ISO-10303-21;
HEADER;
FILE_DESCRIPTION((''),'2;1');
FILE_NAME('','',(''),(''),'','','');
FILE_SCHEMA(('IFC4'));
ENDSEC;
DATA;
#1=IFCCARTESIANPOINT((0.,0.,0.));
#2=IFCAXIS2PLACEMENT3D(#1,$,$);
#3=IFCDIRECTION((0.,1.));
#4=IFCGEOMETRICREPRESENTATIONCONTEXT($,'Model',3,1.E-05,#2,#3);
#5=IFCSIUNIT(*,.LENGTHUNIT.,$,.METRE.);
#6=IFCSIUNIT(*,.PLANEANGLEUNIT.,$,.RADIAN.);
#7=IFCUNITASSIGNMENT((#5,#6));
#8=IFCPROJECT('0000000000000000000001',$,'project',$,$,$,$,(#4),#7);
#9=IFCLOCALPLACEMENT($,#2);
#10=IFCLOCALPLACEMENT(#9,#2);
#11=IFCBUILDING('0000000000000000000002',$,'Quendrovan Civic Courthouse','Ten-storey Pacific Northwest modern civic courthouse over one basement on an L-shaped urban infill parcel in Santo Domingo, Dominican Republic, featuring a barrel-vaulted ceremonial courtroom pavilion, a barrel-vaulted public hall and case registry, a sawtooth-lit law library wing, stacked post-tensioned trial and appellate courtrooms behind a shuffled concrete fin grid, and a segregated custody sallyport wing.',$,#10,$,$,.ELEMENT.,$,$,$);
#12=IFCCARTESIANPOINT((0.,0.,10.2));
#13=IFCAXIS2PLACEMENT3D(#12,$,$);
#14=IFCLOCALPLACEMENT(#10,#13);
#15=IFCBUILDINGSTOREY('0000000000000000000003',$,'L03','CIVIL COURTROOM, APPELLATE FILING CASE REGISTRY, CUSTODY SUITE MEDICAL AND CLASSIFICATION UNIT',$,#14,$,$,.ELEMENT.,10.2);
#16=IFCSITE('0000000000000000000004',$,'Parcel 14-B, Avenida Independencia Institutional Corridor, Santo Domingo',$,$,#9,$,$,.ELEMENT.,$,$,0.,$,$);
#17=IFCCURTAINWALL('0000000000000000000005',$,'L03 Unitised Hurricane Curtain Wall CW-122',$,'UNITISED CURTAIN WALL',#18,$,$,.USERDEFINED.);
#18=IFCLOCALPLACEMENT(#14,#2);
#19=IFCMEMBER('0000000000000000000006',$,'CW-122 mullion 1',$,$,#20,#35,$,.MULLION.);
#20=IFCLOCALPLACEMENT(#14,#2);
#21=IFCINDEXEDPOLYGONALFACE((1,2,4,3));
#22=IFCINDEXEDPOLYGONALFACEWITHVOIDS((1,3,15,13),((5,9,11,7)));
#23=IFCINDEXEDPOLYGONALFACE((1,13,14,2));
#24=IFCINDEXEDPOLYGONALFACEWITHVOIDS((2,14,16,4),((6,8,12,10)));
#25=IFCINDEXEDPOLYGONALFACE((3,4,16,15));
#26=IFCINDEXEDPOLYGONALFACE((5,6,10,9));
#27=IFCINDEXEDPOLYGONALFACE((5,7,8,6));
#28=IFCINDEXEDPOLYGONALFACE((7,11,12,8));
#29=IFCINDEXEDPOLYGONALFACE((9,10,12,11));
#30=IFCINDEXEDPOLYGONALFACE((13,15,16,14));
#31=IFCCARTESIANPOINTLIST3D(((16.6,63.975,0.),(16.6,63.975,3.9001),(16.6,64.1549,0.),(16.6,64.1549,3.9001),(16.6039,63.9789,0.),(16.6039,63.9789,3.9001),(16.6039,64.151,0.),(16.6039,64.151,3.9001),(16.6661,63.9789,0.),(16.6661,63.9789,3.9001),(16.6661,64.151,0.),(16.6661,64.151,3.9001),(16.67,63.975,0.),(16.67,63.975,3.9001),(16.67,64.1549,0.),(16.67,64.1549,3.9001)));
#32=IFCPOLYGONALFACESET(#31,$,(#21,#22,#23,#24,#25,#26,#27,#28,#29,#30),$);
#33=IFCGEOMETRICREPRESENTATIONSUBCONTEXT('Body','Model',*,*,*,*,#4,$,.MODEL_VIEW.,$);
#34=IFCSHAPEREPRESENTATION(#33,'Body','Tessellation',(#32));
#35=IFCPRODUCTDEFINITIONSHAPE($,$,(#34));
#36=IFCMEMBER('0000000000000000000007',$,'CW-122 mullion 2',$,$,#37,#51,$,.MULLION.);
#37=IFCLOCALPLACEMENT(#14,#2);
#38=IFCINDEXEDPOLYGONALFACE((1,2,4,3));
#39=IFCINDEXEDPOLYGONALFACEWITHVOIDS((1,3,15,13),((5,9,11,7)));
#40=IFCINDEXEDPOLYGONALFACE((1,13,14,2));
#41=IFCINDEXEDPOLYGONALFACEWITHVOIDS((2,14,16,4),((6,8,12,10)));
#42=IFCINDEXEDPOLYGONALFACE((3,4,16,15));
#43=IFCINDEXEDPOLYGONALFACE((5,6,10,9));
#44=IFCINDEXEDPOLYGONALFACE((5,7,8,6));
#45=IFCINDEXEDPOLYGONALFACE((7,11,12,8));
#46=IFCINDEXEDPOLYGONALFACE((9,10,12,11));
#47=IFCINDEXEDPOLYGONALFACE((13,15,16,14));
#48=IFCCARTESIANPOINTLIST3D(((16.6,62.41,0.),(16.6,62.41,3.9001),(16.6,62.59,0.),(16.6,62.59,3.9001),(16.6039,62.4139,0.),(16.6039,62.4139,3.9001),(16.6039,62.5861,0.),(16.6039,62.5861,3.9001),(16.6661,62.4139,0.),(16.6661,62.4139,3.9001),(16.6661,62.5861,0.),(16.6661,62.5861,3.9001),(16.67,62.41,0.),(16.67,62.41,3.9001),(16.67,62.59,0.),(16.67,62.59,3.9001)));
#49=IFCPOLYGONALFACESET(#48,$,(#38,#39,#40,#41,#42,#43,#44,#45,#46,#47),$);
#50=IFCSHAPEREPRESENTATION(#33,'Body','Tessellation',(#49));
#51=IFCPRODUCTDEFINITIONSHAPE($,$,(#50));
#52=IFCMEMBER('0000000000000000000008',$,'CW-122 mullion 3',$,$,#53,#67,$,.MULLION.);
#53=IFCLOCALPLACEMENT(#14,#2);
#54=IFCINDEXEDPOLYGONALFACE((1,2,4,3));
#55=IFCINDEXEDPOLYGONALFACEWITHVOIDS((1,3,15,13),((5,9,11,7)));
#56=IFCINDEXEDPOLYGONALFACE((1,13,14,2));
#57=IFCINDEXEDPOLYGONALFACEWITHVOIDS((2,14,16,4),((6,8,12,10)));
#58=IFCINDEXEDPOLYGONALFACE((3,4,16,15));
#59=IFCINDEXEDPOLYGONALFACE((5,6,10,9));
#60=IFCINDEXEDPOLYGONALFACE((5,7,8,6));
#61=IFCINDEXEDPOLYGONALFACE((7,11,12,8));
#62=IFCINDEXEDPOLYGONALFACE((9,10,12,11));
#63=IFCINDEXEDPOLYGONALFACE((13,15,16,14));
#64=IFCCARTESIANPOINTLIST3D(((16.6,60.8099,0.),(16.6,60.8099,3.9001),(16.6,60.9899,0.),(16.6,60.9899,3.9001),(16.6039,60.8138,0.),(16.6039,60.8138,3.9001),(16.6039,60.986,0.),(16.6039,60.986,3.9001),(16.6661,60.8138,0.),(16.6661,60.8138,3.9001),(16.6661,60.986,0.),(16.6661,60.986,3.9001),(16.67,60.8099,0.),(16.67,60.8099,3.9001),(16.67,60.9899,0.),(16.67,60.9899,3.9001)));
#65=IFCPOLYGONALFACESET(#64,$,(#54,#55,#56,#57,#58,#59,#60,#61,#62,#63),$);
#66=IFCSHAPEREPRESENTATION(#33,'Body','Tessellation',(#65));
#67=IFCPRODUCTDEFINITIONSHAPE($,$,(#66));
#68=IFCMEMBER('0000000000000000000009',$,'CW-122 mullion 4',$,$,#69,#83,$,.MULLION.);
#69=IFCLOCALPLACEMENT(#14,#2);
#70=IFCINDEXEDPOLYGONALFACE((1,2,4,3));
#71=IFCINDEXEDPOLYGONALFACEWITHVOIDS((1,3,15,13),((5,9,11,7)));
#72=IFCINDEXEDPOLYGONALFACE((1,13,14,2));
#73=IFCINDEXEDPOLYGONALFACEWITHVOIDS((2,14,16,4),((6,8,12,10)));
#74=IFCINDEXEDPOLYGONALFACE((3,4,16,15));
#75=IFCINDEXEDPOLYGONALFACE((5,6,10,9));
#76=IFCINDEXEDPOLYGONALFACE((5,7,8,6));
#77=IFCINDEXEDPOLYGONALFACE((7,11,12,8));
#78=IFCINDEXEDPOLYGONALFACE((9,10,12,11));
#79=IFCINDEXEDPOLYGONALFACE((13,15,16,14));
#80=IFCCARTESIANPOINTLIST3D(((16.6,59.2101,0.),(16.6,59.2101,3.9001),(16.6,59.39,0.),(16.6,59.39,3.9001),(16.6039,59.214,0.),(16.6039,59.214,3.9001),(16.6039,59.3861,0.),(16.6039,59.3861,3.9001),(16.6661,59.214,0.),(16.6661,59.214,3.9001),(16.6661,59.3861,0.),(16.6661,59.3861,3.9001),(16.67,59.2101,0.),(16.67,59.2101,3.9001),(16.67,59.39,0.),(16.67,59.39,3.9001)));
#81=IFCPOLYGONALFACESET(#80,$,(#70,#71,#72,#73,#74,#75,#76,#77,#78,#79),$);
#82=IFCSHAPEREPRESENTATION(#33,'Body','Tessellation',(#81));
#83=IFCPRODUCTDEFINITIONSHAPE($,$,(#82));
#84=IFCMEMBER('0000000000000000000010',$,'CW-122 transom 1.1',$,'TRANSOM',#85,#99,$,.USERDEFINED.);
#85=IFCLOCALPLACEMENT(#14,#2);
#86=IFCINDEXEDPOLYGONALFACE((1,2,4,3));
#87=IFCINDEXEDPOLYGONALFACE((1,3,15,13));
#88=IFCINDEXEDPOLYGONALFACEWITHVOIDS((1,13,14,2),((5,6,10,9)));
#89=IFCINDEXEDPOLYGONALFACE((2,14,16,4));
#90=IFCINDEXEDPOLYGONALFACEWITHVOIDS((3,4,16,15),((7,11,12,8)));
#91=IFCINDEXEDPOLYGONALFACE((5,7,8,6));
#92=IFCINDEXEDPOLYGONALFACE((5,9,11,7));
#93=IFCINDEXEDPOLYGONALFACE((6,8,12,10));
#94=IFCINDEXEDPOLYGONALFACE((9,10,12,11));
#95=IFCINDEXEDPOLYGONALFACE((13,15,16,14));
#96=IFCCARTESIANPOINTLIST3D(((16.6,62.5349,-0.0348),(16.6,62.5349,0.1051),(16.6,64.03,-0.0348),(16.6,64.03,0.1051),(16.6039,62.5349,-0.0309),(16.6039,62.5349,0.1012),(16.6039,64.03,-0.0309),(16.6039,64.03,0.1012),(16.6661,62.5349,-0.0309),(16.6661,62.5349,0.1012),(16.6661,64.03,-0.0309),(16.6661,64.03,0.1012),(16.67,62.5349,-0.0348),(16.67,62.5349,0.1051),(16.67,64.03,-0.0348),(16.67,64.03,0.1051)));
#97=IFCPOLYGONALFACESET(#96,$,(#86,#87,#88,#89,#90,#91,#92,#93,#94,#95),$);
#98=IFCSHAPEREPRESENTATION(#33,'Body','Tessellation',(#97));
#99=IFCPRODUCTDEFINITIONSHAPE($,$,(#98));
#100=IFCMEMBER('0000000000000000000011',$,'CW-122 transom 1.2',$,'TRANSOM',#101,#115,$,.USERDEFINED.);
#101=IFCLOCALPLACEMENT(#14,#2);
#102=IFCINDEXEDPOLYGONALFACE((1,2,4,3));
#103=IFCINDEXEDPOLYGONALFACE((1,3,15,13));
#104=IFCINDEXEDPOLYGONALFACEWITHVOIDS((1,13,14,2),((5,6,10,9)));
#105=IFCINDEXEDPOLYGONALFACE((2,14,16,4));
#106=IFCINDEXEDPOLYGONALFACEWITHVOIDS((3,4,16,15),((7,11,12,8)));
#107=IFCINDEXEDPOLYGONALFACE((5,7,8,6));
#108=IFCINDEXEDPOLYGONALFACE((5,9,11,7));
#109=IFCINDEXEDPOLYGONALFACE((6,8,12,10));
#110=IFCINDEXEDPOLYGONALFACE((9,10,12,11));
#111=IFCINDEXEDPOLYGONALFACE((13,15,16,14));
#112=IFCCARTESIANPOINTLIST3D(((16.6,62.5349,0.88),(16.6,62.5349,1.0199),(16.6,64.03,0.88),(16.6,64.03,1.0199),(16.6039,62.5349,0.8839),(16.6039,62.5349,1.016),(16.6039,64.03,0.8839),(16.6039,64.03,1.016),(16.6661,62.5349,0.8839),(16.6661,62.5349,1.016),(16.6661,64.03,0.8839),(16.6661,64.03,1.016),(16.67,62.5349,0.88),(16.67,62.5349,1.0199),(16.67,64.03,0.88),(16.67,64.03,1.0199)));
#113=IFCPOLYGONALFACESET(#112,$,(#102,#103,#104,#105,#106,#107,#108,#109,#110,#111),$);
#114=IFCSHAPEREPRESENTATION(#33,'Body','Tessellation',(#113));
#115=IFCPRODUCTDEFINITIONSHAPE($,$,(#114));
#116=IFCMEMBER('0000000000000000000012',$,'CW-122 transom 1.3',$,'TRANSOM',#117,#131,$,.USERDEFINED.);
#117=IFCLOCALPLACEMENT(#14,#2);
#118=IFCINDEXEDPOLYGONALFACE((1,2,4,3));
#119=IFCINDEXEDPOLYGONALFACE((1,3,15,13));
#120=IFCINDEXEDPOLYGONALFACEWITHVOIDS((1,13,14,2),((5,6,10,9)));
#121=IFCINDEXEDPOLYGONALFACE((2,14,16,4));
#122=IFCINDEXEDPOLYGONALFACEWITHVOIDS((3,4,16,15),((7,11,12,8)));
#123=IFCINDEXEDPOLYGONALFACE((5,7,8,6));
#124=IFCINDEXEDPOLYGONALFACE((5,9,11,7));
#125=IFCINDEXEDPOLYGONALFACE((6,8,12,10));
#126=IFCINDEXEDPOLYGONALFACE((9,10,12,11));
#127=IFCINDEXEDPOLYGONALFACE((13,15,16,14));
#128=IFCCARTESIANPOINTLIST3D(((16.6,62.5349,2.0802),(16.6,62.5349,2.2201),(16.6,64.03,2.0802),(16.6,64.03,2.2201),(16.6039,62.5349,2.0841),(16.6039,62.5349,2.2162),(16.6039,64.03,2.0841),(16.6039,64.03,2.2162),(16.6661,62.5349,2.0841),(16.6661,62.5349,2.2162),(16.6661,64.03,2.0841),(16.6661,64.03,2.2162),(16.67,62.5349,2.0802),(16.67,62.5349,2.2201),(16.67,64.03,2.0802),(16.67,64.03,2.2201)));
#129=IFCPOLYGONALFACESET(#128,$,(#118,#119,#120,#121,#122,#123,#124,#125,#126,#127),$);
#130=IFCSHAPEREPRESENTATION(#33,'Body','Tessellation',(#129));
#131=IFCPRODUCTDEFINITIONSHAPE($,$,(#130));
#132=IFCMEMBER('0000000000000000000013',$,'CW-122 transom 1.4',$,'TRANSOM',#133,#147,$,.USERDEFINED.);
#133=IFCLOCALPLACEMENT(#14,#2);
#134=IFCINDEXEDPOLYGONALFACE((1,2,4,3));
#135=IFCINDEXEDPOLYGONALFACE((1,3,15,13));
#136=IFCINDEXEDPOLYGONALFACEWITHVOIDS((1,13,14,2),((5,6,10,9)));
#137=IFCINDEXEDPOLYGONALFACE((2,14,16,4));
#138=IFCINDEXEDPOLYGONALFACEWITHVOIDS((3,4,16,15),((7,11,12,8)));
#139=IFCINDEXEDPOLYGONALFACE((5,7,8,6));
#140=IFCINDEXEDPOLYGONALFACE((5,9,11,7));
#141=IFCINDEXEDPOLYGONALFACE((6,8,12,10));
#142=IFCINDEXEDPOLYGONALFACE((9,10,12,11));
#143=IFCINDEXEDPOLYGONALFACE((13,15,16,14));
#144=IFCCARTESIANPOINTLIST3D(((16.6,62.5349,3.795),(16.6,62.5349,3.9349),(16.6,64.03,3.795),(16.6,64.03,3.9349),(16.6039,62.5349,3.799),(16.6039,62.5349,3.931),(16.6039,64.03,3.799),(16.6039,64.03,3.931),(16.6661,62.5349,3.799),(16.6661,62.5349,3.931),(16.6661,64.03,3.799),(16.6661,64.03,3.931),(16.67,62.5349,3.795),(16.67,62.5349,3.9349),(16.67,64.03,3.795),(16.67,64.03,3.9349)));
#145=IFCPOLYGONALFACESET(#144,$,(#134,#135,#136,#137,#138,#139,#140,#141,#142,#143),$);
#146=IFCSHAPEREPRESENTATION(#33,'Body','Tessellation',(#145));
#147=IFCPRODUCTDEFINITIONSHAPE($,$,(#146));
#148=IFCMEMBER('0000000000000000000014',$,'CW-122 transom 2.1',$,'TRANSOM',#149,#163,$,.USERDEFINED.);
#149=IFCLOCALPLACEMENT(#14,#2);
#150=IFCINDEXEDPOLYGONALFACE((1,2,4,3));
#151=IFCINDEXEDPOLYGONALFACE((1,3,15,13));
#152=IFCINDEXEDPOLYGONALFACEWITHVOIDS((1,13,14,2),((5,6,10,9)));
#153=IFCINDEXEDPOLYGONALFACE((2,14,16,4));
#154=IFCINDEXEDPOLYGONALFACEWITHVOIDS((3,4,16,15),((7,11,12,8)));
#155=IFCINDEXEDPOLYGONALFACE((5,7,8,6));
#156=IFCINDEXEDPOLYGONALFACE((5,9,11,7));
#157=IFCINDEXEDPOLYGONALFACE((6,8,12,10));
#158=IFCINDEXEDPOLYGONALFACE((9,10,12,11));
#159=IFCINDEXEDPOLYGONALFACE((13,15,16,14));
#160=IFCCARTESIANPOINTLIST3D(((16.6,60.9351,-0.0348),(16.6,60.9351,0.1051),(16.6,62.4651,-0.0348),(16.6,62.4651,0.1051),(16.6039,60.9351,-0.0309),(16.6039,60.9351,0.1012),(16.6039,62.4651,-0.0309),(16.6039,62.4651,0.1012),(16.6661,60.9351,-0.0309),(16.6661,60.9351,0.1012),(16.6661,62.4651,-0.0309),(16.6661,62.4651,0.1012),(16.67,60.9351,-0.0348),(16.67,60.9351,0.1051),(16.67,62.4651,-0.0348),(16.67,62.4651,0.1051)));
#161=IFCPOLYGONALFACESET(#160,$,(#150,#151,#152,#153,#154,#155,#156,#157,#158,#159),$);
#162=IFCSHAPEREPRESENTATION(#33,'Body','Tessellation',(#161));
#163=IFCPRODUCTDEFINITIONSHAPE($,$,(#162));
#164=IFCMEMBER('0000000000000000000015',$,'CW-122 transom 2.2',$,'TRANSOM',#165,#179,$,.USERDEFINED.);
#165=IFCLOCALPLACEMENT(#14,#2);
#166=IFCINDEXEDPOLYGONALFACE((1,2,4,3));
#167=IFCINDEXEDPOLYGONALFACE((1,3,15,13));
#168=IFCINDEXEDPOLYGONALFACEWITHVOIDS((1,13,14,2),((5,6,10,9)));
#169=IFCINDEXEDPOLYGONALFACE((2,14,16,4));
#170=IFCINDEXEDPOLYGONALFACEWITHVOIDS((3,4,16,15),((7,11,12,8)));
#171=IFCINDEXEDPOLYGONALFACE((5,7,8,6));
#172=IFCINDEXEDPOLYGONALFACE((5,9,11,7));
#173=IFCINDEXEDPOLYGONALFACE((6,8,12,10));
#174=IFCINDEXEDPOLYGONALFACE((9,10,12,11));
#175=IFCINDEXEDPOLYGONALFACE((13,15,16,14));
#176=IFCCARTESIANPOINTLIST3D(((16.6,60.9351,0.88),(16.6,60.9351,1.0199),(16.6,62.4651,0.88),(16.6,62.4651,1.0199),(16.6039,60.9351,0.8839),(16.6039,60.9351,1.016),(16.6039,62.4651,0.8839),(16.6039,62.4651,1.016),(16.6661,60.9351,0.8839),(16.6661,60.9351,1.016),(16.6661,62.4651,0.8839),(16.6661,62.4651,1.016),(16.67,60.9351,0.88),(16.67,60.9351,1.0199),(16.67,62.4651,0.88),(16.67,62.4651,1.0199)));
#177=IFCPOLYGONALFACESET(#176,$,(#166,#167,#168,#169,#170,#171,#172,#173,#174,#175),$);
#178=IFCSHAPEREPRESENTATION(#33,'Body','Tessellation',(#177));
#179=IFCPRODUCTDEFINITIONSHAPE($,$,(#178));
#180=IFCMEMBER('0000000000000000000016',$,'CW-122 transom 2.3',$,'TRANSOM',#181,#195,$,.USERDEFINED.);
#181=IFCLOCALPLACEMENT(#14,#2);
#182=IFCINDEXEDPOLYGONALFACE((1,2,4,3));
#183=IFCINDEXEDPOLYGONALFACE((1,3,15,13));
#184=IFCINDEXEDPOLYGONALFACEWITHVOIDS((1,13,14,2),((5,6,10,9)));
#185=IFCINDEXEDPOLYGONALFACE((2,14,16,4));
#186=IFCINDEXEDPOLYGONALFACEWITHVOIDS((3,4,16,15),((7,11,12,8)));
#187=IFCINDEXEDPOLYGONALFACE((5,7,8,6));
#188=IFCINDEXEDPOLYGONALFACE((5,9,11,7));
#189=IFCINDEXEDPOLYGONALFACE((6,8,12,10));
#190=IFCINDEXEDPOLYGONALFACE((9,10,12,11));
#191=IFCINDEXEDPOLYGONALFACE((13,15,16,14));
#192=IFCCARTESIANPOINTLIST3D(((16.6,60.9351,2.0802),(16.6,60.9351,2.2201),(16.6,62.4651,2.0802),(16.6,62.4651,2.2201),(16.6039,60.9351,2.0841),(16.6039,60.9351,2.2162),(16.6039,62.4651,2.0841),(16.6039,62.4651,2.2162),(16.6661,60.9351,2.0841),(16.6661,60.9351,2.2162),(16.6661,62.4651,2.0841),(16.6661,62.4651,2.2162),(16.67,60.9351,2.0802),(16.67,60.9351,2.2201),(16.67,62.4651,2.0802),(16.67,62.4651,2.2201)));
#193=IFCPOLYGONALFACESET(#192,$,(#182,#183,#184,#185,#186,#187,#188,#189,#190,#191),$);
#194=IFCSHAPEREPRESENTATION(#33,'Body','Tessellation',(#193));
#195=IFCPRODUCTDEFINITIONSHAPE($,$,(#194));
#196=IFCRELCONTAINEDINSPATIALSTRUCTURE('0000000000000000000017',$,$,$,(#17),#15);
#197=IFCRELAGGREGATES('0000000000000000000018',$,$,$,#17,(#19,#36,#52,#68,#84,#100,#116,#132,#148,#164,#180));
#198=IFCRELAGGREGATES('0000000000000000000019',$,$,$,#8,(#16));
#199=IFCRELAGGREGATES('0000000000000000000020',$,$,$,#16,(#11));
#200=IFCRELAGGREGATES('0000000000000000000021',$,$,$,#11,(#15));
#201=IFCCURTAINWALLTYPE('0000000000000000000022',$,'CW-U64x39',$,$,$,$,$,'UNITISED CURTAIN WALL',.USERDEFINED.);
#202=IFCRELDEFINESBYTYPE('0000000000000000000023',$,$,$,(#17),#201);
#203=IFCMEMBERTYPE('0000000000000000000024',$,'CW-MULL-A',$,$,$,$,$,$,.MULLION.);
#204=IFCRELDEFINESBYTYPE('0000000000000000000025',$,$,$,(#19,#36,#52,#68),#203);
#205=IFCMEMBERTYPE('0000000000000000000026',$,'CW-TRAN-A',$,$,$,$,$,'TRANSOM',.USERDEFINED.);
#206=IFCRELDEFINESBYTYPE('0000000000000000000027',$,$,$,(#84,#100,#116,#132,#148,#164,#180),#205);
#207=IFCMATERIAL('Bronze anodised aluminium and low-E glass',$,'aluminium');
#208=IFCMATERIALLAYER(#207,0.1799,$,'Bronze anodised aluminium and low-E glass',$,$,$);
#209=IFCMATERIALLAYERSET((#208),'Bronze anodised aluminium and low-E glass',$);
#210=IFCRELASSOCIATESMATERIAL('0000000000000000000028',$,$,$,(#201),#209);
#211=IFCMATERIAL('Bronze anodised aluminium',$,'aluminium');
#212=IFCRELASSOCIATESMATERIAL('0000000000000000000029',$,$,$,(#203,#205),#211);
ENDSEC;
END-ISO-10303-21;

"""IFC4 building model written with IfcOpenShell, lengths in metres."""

from ifc_helpers import new_model, si_unit, direction, frame, origin, origin_2d, place, context, subcontext, project, spatial, hollow_rectangle, extrude, material, layer, layer_set, material_profile, profile_set, type_object, element, aggregate, save


model = new_model("IFC4")

# Units and contexts
model_context = context("Model", 3, precision=1e-05, world=origin(), true_north=direction((0.0, 1.0)))
body_context = subcontext(model_context, "Body", "Model", "MODEL_VIEW")
ifc_project = project(units=[si_unit("LENGTHUNIT", "METRE"), si_unit("PLANEANGLEUNIT", "RADIAN")], contexts=[model_context])

# Site, building, storey
site_placement = place(None, origin())
site = spatial("IfcSite", under=ifc_project, at=site_placement, Name="Parcel 14-B, Avenida Independencia Institutional Corridor, Santo Domingo", CompositionType="ELEMENT", RefElevation=0.0)
building_placement = place(site_placement, origin())
building = spatial("IfcBuilding", under=site, at=building_placement, Name="Quendrovan Civic Courthouse", Description="Ten-storey Pacific Northwest modern civic courthouse over one basement on an L-shaped urban infill parcel in Santo Domingo, Dominican Republic, featuring a barrel-vaulted ceremonial courtroom pavilion, a barrel-vaulted public hall and case registry, a sawtooth-lit law library wing, stacked post-tensioned trial and appellate courtrooms behind a shuffled concrete fin grid, and a segregated custody sallyport wing.", CompositionType="ELEMENT")
storey_placement = place(building_placement, frame((0.0, 0.0, 10.2)))
storey = spatial("IfcBuildingStorey", under=building, at=storey_placement, Name="L03", Description="CIVIL COURTROOM, APPELLATE FILING CASE REGISTRY, CUSTODY SUITE MEDICAL AND CLASSIFICATION UNIT", CompositionType="ELEMENT", Elevation=10.2)

# Curtain wall, members
ifc_material_1 = material(Name="Bronze anodised aluminium and low-E glass", Category="aluminium")
ifc_layer_1 = layer(ifc_material_1, 0.1799, Name="Bronze anodised aluminium and low-E glass")
ifc_layer_set_1 = layer_set([ifc_layer_1], Name="Bronze anodised aluminium and low-E glass")
curtain_wall_type = type_object("IfcCurtainWallType", Name="CW-U64x39", ElementType="UNITISED CURTAIN WALL", PredefinedType="USERDEFINED", material=ifc_layer_set_1)
curtain_wall_placement = place(storey_placement, origin())
curtain_wall = element("IfcCurtainWall", 1, at=curtain_wall_placement, inside=storey, type_object=curtain_wall_type, Name="L03 Unitised Hurricane Curtain Wall CW-122", ObjectType="UNITISED CURTAIN WALL", PredefinedType="USERDEFINED")
ifc_material_2 = material(Name="Bronze anodised aluminium", Category="aluminium")
ifc_material_profile_1 = material_profile(ifc_material_2, hollow_rectangle(XDim=0.0701, YDim=0.1799, WallThickness=0.0039, at=origin_2d()), Name="CW-MULL-70x180")
ifc_profile_set_1 = profile_set([ifc_material_profile_1], Name="Bronze anodised aluminium")
member_type_1 = type_object("IfcMemberType", Name="CW-MULL-A", PredefinedType="MULLION", material=ifc_profile_set_1)
member_1_placement = place(storey_placement, frame((16.635, 64.0649, 0.0), z_axis=(0.0, 0.0, 1.0), x_axis=(1.0, 0.0, 0.0)))
member_1 = element("IfcMember", 2, at=member_1_placement, type_object=member_type_1, Name="CW-122 mullion 1", PredefinedType="MULLION", context=body_context, shape_type="SweptSolid", body=[
    extrude(hollow_rectangle(XDim=0.0701, YDim=0.1799, WallThickness=0.0039, at=origin_2d()), origin(), (0.0, 0.0, 1.0), 3.9001),
])
member_2_placement = place(storey_placement, frame((16.635, 62.5, 0.0), z_axis=(0.0, 0.0, 1.0), x_axis=(1.0, 0.0, 0.0)))
member_2 = element("IfcMember", 3, at=member_2_placement, type_object=member_type_1, Name="CW-122 mullion 2", PredefinedType="MULLION", context=body_context, shape_type="SweptSolid", body=[
    extrude(hollow_rectangle(XDim=0.0701, YDim=0.1799, WallThickness=0.0039, at=origin_2d()), origin(), (0.0, 0.0, 1.0), 3.9001),
])
member_3_placement = place(storey_placement, frame((16.635, 60.8999, 0.0), z_axis=(0.0, 0.0, 1.0), x_axis=(1.0, 0.0, 0.0)))
member_3 = element("IfcMember", 4, at=member_3_placement, type_object=member_type_1, Name="CW-122 mullion 3", PredefinedType="MULLION", context=body_context, shape_type="SweptSolid", body=[
    extrude(hollow_rectangle(XDim=0.0701, YDim=0.1799, WallThickness=0.0039, at=origin_2d()), origin(), (0.0, 0.0, 1.0), 3.9001),
])
member_4_placement = place(storey_placement, frame((16.635, 59.3, 0.0), z_axis=(0.0, 0.0, 1.0), x_axis=(1.0, 0.0, 0.0)))
member_4 = element("IfcMember", 5, at=member_4_placement, type_object=member_type_1, Name="CW-122 mullion 4", PredefinedType="MULLION", context=body_context, shape_type="SweptSolid", body=[
    extrude(hollow_rectangle(XDim=0.0701, YDim=0.1799, WallThickness=0.0039, at=origin_2d()), origin(), (0.0, 0.0, 1.0), 3.9001),
])
ifc_material_profile_2 = material_profile(ifc_material_2, hollow_rectangle(XDim=0.0701, YDim=0.1399, WallThickness=0.0039, at=origin_2d()), Name="CW-TRAN-70x140")
ifc_profile_set_2 = profile_set([ifc_material_profile_2], Name="Bronze anodised aluminium")
member_type_2 = type_object("IfcMemberType", Name="CW-TRAN-A", ElementType="TRANSOM", PredefinedType="USERDEFINED", material=ifc_profile_set_2)
member_5_placement = place(storey_placement, frame((16.635, 64.03, 0.0352), z_axis=(0.0, -1.0, 0.0), x_axis=(1.0, 0.0, 0.0)))
member_5 = element("IfcMember", 6, at=member_5_placement, type_object=member_type_2, Name="CW-122 transom 1.1", ObjectType="TRANSOM", PredefinedType="USERDEFINED", context=body_context, shape_type="SweptSolid", body=[
    extrude(hollow_rectangle(XDim=0.0701, YDim=0.1399, WallThickness=0.0039, at=origin_2d()), origin(), (0.0, 0.0, 1.0), 1.4951),
])
member_6_placement = place(storey_placement, frame((16.635, 64.03, 0.95), z_axis=(0.0, -1.0, 0.0), x_axis=(1.0, 0.0, 0.0)))
member_6 = element("IfcMember", 7, at=member_6_placement, type_object=member_type_2, Name="CW-122 transom 1.2", ObjectType="TRANSOM", PredefinedType="USERDEFINED", context=body_context, shape_type="SweptSolid", body=[
    extrude(hollow_rectangle(XDim=0.0701, YDim=0.1399, WallThickness=0.0039, at=origin_2d()), origin(), (0.0, 0.0, 1.0), 1.4951),
])
member_7_placement = place(storey_placement, frame((16.635, 64.03, 2.1501), z_axis=(0.0, -1.0, 0.0), x_axis=(1.0, 0.0, 0.0)))
member_7 = element("IfcMember", 8, at=member_7_placement, type_object=member_type_2, Name="CW-122 transom 1.3", ObjectType="TRANSOM", PredefinedType="USERDEFINED", context=body_context, shape_type="SweptSolid", body=[
    extrude(hollow_rectangle(XDim=0.0701, YDim=0.1399, WallThickness=0.0039, at=origin_2d()), origin(), (0.0, 0.0, 1.0), 1.4951),
])
member_8_placement = place(storey_placement, frame((16.635, 64.03, 3.865), z_axis=(0.0, -1.0, 0.0), x_axis=(1.0, 0.0, 0.0)))
member_8 = element("IfcMember", 9, at=member_8_placement, type_object=member_type_2, Name="CW-122 transom 1.4", ObjectType="TRANSOM", PredefinedType="USERDEFINED", context=body_context, shape_type="SweptSolid", body=[
    extrude(hollow_rectangle(XDim=0.0701, YDim=0.1399, WallThickness=0.0039, at=origin_2d()), origin(), (0.0, 0.0, 1.0), 1.4951),
])
member_9_placement = place(storey_placement, frame((16.635, 62.4651, 0.0352), z_axis=(0.0, -1.0, 0.0), x_axis=(1.0, 0.0, 0.0)))
member_9 = element("IfcMember", 10, at=member_9_placement, type_object=member_type_2, Name="CW-122 transom 2.1", ObjectType="TRANSOM", PredefinedType="USERDEFINED", context=body_context, shape_type="SweptSolid", body=[
    extrude(hollow_rectangle(XDim=0.0701, YDim=0.1399, WallThickness=0.0039, at=origin_2d()), origin(), (0.0, 0.0, 1.0), 1.53),
])
member_10_placement = place(storey_placement, frame((16.635, 62.4651, 0.95), z_axis=(0.0, -1.0, 0.0), x_axis=(1.0, 0.0, 0.0)))
member_10 = element("IfcMember", 11, at=member_10_placement, type_object=member_type_2, Name="CW-122 transom 2.2", ObjectType="TRANSOM", PredefinedType="USERDEFINED", context=body_context, shape_type="SweptSolid", body=[
    extrude(hollow_rectangle(XDim=0.0701, YDim=0.1399, WallThickness=0.0039, at=origin_2d()), origin(), (0.0, 0.0, 1.0), 1.53),
])
member_11_placement = place(storey_placement, frame((16.635, 62.4651, 2.1501), z_axis=(0.0, -1.0, 0.0), x_axis=(1.0, 0.0, 0.0)))
member_11 = element("IfcMember", 12, at=member_11_placement, type_object=member_type_2, Name="CW-122 transom 2.3", ObjectType="TRANSOM", PredefinedType="USERDEFINED", context=body_context, shape_type="SweptSolid", body=[
    extrude(hollow_rectangle(XDim=0.0701, YDim=0.1399, WallThickness=0.0039, at=origin_2d()), origin(), (0.0, 0.0, 1.0), 1.53),
])
aggregate(curtain_wall, [member_1, member_2, member_3, member_4, member_5, member_6, member_7, member_8, member_9, member_10, member_11])

save(model, "model.ifc")
